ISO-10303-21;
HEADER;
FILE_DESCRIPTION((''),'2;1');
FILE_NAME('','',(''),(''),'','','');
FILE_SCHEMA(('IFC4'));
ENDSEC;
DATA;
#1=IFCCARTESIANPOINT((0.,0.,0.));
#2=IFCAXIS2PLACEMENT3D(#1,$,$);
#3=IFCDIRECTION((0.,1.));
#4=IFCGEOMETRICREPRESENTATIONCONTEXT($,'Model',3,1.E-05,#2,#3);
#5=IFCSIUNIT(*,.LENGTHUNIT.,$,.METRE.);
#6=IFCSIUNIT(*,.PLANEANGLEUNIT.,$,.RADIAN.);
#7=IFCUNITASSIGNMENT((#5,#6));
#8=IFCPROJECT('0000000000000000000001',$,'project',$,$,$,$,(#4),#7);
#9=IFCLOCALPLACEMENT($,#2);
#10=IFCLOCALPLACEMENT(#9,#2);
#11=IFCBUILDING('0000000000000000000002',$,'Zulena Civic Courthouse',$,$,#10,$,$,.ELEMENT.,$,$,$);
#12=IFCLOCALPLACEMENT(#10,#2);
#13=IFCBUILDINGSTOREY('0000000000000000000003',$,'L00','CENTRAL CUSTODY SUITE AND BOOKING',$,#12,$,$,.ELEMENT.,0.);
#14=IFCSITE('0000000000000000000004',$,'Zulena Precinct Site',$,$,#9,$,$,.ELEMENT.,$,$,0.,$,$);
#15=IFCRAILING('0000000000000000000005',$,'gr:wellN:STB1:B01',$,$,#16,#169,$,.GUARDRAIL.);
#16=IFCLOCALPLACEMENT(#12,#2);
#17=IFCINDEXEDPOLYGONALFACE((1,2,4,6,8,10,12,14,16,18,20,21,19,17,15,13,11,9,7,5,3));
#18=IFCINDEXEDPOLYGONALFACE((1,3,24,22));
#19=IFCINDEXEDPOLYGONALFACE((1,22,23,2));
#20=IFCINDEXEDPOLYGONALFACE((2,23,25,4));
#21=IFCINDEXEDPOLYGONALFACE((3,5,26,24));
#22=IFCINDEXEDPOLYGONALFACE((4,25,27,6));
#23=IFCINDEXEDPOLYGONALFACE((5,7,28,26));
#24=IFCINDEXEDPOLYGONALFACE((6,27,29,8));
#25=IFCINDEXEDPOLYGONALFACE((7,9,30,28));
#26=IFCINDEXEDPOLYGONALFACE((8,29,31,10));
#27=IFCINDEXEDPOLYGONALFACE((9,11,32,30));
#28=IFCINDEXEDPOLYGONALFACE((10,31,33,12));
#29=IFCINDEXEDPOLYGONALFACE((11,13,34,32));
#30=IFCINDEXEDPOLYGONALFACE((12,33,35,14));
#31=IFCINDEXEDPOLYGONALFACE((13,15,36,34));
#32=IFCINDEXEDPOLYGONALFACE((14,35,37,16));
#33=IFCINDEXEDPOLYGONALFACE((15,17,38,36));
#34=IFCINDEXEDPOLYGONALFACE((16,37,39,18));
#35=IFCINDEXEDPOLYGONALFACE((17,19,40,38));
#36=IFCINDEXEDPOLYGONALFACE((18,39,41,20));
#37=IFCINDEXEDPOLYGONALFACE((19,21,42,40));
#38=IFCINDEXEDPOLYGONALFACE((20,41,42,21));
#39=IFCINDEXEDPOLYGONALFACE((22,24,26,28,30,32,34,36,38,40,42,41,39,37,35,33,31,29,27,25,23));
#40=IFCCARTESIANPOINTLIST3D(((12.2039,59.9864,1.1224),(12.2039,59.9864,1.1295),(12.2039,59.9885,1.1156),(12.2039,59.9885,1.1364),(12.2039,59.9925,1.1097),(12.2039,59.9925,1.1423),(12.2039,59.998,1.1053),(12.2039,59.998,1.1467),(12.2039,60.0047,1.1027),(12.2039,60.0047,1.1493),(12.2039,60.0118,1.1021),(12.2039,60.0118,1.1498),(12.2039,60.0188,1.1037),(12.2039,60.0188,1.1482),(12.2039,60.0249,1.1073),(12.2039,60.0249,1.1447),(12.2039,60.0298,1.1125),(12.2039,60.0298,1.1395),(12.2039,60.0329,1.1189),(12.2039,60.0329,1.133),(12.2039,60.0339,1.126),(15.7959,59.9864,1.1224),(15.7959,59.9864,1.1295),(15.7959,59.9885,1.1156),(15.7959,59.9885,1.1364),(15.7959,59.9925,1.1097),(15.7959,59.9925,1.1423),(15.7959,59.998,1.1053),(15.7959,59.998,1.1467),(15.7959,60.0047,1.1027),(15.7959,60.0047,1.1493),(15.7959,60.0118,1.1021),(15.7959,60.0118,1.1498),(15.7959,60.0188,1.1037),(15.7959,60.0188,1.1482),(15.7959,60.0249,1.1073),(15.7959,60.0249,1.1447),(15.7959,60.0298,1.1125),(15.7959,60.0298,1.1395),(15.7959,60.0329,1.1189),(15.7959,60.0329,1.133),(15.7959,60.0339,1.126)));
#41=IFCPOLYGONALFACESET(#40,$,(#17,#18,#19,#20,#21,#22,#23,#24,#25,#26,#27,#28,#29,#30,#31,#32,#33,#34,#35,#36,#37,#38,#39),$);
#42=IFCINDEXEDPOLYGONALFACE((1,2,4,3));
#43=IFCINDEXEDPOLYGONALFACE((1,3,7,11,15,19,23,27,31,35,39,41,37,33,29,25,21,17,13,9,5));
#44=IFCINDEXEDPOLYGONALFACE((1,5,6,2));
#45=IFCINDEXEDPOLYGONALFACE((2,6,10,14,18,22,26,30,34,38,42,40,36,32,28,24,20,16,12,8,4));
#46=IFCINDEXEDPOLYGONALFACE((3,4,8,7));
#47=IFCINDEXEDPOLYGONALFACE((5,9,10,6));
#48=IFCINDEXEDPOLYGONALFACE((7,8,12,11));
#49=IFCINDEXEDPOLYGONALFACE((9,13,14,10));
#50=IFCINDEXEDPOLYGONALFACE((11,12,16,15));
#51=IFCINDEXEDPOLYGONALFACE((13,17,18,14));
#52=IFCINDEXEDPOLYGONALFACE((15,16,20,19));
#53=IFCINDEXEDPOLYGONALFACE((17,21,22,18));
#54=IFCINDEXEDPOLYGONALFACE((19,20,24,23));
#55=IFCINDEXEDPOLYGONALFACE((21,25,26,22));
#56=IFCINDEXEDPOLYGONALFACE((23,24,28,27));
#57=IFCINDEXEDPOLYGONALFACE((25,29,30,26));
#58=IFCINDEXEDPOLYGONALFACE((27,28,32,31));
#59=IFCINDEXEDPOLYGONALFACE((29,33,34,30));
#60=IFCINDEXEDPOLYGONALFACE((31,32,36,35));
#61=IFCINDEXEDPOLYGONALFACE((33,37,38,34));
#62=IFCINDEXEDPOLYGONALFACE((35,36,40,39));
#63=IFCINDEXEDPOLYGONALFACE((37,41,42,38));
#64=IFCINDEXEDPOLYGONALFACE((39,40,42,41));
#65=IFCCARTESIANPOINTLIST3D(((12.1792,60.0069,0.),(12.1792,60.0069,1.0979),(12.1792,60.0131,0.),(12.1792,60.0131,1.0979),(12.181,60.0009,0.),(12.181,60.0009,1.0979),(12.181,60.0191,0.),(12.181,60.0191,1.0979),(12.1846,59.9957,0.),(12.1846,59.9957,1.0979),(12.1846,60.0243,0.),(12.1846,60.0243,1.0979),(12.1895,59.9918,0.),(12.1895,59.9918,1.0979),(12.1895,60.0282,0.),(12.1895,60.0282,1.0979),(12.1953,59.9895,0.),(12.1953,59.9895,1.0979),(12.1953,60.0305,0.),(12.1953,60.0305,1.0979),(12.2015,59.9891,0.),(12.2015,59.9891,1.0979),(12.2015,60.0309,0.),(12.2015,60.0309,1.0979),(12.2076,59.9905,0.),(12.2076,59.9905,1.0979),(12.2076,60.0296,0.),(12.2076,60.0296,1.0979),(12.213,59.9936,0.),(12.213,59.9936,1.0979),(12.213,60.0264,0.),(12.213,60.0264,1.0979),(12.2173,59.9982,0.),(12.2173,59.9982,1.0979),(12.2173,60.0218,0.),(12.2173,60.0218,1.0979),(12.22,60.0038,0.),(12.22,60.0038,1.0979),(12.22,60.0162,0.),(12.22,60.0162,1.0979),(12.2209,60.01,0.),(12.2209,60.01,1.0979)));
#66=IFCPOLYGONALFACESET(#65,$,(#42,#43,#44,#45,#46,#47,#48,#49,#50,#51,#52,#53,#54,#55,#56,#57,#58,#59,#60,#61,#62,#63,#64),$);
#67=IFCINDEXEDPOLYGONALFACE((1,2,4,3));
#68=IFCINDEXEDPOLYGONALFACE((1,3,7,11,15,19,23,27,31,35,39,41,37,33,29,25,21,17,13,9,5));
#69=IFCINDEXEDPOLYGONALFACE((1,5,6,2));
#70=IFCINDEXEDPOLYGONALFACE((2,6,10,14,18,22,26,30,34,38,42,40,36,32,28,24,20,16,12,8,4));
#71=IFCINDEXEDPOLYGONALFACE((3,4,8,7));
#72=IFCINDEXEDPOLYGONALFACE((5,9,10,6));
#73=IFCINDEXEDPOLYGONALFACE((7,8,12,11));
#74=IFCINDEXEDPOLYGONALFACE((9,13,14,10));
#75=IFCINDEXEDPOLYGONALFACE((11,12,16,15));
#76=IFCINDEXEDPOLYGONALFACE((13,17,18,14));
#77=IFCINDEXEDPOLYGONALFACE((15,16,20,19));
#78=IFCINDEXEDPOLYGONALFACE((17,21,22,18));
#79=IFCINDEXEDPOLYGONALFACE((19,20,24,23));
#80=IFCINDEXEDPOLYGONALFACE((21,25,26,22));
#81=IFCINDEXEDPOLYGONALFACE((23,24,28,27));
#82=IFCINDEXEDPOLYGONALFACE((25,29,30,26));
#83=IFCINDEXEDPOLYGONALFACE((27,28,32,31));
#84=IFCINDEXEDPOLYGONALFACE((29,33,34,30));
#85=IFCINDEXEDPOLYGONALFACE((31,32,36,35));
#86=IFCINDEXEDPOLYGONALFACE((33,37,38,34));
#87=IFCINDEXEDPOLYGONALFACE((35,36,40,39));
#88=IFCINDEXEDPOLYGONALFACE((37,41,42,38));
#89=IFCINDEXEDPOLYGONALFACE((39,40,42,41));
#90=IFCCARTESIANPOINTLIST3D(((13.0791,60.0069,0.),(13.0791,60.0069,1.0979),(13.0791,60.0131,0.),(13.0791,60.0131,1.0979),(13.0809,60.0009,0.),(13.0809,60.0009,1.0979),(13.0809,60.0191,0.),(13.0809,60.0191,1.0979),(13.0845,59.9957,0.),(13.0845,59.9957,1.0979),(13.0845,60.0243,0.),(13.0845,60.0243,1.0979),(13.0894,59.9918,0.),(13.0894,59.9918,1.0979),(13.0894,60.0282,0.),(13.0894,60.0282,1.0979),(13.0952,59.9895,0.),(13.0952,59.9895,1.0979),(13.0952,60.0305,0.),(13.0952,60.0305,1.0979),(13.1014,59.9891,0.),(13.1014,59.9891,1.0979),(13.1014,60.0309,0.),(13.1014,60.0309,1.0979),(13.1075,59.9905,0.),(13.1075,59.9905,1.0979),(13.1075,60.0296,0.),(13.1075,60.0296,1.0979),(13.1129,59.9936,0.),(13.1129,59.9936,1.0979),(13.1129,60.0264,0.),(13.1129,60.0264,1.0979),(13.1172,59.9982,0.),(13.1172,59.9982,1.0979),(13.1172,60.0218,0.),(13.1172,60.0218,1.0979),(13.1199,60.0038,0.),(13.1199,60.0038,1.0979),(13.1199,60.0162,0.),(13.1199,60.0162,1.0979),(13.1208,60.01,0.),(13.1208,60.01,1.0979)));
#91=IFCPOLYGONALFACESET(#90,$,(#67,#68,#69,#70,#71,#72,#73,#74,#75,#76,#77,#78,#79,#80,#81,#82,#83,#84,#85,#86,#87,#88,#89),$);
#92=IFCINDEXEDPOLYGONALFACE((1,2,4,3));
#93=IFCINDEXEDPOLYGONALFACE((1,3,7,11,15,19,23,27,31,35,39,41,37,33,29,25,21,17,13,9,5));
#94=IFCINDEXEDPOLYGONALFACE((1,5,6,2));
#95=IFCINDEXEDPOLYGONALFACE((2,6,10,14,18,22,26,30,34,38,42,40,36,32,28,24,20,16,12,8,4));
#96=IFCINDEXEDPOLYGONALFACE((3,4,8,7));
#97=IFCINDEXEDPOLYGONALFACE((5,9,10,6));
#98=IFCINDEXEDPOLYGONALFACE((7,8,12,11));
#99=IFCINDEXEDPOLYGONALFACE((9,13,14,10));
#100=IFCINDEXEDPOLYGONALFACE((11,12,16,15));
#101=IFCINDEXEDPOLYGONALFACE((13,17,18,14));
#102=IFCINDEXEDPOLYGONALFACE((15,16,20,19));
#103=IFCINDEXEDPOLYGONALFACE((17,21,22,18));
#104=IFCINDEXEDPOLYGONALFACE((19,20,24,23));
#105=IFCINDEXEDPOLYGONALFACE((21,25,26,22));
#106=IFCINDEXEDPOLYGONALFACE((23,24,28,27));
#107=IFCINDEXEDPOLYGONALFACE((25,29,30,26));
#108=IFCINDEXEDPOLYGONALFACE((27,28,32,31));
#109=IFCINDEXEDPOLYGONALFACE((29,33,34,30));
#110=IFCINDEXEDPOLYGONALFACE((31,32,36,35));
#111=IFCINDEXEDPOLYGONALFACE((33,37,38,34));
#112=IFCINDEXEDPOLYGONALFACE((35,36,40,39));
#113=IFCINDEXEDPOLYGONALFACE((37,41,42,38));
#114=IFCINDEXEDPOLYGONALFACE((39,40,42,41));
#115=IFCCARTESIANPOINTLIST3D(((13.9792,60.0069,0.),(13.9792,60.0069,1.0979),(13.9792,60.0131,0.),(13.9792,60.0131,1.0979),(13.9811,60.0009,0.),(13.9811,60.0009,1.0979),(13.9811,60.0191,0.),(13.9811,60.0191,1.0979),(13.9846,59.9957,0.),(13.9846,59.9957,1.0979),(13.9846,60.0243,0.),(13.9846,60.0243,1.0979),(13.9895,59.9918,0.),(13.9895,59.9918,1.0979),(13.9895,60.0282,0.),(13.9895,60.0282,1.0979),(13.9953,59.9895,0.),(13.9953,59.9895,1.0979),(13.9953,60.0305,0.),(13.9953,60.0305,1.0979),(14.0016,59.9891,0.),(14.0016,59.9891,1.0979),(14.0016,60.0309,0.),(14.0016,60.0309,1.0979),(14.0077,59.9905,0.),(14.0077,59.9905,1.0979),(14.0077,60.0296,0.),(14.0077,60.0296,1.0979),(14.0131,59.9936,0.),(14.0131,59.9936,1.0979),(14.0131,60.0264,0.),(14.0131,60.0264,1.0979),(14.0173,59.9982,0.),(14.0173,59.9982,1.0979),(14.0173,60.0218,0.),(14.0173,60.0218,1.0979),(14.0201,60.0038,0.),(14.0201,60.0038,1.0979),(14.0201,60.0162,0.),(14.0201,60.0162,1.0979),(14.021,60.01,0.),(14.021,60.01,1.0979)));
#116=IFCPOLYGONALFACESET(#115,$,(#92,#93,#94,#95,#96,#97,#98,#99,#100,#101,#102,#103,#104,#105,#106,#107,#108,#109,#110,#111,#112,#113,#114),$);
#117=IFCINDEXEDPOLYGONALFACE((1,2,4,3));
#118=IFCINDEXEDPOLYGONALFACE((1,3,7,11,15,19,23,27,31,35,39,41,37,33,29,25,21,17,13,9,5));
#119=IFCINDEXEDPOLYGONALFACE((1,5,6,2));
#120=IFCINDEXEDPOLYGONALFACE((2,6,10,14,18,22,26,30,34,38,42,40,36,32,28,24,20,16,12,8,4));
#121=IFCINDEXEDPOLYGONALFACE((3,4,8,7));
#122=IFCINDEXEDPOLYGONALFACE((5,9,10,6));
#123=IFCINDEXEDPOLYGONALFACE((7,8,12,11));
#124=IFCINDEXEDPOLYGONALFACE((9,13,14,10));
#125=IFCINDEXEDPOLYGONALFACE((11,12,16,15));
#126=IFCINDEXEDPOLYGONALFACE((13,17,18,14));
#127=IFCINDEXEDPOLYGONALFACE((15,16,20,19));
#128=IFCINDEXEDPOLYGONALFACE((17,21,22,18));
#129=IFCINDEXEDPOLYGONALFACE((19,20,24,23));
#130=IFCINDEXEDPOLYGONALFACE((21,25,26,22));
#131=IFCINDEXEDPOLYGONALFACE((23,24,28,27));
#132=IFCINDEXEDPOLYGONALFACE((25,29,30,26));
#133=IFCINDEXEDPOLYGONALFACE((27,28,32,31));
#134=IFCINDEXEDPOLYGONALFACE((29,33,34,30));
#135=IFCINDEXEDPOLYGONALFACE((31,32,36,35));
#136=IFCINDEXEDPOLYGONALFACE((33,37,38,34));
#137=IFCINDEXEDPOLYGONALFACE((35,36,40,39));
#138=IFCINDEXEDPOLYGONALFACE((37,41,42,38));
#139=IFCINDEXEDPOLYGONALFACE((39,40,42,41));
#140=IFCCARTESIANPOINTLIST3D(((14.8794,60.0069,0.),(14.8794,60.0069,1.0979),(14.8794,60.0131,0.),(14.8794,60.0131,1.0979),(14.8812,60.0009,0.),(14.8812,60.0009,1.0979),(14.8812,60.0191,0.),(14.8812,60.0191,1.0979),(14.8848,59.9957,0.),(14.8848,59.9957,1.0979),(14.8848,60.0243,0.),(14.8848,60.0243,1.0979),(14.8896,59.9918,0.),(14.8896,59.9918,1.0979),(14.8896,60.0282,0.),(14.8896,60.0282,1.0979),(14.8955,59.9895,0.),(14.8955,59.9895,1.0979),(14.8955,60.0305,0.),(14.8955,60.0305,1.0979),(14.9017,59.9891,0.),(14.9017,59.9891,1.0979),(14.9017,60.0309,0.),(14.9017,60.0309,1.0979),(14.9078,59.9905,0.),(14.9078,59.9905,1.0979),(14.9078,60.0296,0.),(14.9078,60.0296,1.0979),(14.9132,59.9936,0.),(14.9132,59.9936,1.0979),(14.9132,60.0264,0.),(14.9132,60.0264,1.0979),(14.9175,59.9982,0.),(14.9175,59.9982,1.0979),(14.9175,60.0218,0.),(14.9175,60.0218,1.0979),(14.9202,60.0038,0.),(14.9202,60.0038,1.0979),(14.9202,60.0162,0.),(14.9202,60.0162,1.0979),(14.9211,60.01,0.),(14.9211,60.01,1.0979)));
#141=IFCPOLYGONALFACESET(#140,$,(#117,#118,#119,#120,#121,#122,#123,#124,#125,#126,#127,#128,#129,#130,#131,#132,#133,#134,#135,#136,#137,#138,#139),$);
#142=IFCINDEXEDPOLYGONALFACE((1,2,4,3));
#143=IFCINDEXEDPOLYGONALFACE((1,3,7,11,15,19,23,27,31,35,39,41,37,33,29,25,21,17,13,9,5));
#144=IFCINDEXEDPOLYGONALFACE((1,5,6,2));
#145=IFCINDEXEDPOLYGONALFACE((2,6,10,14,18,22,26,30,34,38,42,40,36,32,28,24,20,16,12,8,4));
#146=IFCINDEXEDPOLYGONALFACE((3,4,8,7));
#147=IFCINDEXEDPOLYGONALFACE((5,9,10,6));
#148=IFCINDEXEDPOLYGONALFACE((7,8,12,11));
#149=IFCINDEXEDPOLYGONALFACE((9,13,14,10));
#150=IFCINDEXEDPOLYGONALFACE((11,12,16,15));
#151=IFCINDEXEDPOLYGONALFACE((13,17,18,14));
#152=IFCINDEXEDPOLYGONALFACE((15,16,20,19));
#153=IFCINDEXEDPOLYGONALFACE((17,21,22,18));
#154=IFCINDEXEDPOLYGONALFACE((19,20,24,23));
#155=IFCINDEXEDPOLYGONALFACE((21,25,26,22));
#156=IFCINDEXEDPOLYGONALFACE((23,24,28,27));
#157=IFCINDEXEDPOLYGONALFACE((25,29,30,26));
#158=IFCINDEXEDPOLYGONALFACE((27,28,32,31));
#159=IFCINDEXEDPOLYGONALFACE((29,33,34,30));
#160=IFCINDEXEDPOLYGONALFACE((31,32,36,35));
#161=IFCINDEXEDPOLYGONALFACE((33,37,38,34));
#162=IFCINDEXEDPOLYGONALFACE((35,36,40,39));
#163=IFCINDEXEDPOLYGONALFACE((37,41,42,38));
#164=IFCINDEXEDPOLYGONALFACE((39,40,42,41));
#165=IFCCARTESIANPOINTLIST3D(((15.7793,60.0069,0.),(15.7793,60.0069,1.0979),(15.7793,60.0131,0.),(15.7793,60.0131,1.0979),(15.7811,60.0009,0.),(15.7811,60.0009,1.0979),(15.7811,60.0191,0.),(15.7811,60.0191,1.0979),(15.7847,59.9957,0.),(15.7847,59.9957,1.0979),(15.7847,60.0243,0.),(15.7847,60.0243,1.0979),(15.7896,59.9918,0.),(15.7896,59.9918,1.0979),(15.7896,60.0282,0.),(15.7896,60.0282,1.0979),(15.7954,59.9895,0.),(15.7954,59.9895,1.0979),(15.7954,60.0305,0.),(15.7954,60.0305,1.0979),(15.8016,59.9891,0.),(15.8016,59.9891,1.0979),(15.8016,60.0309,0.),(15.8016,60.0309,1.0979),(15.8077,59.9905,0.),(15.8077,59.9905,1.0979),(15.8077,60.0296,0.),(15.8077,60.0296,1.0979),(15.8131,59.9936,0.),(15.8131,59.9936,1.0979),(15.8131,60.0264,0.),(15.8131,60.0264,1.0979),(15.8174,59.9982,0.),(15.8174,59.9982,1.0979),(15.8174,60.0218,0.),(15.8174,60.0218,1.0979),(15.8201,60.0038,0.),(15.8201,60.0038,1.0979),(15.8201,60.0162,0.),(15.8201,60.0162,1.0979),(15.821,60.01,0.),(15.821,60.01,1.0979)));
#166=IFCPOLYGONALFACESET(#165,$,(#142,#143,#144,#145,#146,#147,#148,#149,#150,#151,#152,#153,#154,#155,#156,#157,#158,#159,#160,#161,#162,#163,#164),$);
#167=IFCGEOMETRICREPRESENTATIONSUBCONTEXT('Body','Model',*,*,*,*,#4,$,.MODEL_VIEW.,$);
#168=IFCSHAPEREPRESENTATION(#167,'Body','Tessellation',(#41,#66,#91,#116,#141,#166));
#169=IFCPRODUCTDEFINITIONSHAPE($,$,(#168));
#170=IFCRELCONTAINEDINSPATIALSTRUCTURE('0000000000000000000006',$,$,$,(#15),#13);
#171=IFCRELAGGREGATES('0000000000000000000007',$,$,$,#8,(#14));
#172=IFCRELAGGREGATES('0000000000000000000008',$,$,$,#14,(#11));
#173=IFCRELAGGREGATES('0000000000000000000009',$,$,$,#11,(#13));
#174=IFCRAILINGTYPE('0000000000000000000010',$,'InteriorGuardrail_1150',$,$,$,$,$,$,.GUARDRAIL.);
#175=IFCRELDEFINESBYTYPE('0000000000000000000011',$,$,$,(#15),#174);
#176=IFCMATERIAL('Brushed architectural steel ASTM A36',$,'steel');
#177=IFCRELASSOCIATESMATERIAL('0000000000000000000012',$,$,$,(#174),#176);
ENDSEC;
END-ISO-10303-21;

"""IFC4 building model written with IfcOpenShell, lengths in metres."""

from ifc_helpers import new_model, si_unit, direction, frame, origin, origin_2d, place, context, subcontext, project, spatial, circle, extrude, material, type_object, element, save


model = new_model("IFC4")

# Units and contexts
model_context = context("Model", 3, precision=1e-05, world=origin(), true_north=direction((0.0, 1.0)))
body_context = subcontext(model_context, "Body", "Model", "MODEL_VIEW")
ifc_project = project(units=[si_unit("LENGTHUNIT", "METRE"), si_unit("PLANEANGLEUNIT", "RADIAN")], contexts=[model_context])

# Site, building, storey
site_placement = place(None, origin())
site = spatial("IfcSite", under=ifc_project, at=site_placement, Name="Zulena Precinct Site", CompositionType="ELEMENT", RefElevation=0.0)
building_placement = place(site_placement, origin())
building = spatial("IfcBuilding", under=site, at=building_placement, Name="Zulena Civic Courthouse", CompositionType="ELEMENT")
storey_placement = place(building_placement, origin())
storey = spatial("IfcBuildingStorey", under=building, at=storey_placement, Name="L00", Description="CENTRAL CUSTODY SUITE AND BOOKING", CompositionType="ELEMENT", Elevation=0.0)

# Railing
ifc_material_1 = material(Name="Brushed architectural steel ASTM A36", Category="steel")
railing_type = type_object("IfcRailingType", Name="InteriorGuardrail_1150", PredefinedType="GUARDRAIL", material=ifc_material_1)
railing_1_placement = place(storey_placement, frame((12.2, 60.01, 0.0)))
element("IfcRailing", 1, at=railing_1_placement, inside=storey, type_object=railing_type, Name="gr:wellN:STB1:B01", PredefinedType="GUARDRAIL", context=body_context, shape_type="SweptSolid", body=[
    extrude(circle(Radius=0.0239, at=origin_2d()), frame((0.0039, 0.0, 1.126), z_axis=(1.0, 0.0, 0.0), x_axis=(0.0, 1.0, 0.0)), (0.0, 0.0, 1.0), 3.592),
    extrude(circle(Radius=0.021, at=origin_2d()), origin(), (0.0, 0.0, 1.0), 1.0979),
    extrude(circle(Radius=0.021, at=origin_2d()), frame((0.8999, 0.0, 0.0)), (0.0, 0.0, 1.0), 1.0979),
    extrude(circle(Radius=0.021, at=origin_2d()), frame((1.8, 0.0, 0.0)), (0.0, 0.0, 1.0), 1.0979),
    extrude(circle(Radius=0.021, at=origin_2d()), frame((2.7002, 0.0, 0.0)), (0.0, 0.0, 1.0), 1.0979),
    extrude(circle(Radius=0.021, at=origin_2d()), frame((3.6001, 0.0, 0.0)), (0.0, 0.0, 1.0), 1.0979),
])

save(model, "model.ifc")
